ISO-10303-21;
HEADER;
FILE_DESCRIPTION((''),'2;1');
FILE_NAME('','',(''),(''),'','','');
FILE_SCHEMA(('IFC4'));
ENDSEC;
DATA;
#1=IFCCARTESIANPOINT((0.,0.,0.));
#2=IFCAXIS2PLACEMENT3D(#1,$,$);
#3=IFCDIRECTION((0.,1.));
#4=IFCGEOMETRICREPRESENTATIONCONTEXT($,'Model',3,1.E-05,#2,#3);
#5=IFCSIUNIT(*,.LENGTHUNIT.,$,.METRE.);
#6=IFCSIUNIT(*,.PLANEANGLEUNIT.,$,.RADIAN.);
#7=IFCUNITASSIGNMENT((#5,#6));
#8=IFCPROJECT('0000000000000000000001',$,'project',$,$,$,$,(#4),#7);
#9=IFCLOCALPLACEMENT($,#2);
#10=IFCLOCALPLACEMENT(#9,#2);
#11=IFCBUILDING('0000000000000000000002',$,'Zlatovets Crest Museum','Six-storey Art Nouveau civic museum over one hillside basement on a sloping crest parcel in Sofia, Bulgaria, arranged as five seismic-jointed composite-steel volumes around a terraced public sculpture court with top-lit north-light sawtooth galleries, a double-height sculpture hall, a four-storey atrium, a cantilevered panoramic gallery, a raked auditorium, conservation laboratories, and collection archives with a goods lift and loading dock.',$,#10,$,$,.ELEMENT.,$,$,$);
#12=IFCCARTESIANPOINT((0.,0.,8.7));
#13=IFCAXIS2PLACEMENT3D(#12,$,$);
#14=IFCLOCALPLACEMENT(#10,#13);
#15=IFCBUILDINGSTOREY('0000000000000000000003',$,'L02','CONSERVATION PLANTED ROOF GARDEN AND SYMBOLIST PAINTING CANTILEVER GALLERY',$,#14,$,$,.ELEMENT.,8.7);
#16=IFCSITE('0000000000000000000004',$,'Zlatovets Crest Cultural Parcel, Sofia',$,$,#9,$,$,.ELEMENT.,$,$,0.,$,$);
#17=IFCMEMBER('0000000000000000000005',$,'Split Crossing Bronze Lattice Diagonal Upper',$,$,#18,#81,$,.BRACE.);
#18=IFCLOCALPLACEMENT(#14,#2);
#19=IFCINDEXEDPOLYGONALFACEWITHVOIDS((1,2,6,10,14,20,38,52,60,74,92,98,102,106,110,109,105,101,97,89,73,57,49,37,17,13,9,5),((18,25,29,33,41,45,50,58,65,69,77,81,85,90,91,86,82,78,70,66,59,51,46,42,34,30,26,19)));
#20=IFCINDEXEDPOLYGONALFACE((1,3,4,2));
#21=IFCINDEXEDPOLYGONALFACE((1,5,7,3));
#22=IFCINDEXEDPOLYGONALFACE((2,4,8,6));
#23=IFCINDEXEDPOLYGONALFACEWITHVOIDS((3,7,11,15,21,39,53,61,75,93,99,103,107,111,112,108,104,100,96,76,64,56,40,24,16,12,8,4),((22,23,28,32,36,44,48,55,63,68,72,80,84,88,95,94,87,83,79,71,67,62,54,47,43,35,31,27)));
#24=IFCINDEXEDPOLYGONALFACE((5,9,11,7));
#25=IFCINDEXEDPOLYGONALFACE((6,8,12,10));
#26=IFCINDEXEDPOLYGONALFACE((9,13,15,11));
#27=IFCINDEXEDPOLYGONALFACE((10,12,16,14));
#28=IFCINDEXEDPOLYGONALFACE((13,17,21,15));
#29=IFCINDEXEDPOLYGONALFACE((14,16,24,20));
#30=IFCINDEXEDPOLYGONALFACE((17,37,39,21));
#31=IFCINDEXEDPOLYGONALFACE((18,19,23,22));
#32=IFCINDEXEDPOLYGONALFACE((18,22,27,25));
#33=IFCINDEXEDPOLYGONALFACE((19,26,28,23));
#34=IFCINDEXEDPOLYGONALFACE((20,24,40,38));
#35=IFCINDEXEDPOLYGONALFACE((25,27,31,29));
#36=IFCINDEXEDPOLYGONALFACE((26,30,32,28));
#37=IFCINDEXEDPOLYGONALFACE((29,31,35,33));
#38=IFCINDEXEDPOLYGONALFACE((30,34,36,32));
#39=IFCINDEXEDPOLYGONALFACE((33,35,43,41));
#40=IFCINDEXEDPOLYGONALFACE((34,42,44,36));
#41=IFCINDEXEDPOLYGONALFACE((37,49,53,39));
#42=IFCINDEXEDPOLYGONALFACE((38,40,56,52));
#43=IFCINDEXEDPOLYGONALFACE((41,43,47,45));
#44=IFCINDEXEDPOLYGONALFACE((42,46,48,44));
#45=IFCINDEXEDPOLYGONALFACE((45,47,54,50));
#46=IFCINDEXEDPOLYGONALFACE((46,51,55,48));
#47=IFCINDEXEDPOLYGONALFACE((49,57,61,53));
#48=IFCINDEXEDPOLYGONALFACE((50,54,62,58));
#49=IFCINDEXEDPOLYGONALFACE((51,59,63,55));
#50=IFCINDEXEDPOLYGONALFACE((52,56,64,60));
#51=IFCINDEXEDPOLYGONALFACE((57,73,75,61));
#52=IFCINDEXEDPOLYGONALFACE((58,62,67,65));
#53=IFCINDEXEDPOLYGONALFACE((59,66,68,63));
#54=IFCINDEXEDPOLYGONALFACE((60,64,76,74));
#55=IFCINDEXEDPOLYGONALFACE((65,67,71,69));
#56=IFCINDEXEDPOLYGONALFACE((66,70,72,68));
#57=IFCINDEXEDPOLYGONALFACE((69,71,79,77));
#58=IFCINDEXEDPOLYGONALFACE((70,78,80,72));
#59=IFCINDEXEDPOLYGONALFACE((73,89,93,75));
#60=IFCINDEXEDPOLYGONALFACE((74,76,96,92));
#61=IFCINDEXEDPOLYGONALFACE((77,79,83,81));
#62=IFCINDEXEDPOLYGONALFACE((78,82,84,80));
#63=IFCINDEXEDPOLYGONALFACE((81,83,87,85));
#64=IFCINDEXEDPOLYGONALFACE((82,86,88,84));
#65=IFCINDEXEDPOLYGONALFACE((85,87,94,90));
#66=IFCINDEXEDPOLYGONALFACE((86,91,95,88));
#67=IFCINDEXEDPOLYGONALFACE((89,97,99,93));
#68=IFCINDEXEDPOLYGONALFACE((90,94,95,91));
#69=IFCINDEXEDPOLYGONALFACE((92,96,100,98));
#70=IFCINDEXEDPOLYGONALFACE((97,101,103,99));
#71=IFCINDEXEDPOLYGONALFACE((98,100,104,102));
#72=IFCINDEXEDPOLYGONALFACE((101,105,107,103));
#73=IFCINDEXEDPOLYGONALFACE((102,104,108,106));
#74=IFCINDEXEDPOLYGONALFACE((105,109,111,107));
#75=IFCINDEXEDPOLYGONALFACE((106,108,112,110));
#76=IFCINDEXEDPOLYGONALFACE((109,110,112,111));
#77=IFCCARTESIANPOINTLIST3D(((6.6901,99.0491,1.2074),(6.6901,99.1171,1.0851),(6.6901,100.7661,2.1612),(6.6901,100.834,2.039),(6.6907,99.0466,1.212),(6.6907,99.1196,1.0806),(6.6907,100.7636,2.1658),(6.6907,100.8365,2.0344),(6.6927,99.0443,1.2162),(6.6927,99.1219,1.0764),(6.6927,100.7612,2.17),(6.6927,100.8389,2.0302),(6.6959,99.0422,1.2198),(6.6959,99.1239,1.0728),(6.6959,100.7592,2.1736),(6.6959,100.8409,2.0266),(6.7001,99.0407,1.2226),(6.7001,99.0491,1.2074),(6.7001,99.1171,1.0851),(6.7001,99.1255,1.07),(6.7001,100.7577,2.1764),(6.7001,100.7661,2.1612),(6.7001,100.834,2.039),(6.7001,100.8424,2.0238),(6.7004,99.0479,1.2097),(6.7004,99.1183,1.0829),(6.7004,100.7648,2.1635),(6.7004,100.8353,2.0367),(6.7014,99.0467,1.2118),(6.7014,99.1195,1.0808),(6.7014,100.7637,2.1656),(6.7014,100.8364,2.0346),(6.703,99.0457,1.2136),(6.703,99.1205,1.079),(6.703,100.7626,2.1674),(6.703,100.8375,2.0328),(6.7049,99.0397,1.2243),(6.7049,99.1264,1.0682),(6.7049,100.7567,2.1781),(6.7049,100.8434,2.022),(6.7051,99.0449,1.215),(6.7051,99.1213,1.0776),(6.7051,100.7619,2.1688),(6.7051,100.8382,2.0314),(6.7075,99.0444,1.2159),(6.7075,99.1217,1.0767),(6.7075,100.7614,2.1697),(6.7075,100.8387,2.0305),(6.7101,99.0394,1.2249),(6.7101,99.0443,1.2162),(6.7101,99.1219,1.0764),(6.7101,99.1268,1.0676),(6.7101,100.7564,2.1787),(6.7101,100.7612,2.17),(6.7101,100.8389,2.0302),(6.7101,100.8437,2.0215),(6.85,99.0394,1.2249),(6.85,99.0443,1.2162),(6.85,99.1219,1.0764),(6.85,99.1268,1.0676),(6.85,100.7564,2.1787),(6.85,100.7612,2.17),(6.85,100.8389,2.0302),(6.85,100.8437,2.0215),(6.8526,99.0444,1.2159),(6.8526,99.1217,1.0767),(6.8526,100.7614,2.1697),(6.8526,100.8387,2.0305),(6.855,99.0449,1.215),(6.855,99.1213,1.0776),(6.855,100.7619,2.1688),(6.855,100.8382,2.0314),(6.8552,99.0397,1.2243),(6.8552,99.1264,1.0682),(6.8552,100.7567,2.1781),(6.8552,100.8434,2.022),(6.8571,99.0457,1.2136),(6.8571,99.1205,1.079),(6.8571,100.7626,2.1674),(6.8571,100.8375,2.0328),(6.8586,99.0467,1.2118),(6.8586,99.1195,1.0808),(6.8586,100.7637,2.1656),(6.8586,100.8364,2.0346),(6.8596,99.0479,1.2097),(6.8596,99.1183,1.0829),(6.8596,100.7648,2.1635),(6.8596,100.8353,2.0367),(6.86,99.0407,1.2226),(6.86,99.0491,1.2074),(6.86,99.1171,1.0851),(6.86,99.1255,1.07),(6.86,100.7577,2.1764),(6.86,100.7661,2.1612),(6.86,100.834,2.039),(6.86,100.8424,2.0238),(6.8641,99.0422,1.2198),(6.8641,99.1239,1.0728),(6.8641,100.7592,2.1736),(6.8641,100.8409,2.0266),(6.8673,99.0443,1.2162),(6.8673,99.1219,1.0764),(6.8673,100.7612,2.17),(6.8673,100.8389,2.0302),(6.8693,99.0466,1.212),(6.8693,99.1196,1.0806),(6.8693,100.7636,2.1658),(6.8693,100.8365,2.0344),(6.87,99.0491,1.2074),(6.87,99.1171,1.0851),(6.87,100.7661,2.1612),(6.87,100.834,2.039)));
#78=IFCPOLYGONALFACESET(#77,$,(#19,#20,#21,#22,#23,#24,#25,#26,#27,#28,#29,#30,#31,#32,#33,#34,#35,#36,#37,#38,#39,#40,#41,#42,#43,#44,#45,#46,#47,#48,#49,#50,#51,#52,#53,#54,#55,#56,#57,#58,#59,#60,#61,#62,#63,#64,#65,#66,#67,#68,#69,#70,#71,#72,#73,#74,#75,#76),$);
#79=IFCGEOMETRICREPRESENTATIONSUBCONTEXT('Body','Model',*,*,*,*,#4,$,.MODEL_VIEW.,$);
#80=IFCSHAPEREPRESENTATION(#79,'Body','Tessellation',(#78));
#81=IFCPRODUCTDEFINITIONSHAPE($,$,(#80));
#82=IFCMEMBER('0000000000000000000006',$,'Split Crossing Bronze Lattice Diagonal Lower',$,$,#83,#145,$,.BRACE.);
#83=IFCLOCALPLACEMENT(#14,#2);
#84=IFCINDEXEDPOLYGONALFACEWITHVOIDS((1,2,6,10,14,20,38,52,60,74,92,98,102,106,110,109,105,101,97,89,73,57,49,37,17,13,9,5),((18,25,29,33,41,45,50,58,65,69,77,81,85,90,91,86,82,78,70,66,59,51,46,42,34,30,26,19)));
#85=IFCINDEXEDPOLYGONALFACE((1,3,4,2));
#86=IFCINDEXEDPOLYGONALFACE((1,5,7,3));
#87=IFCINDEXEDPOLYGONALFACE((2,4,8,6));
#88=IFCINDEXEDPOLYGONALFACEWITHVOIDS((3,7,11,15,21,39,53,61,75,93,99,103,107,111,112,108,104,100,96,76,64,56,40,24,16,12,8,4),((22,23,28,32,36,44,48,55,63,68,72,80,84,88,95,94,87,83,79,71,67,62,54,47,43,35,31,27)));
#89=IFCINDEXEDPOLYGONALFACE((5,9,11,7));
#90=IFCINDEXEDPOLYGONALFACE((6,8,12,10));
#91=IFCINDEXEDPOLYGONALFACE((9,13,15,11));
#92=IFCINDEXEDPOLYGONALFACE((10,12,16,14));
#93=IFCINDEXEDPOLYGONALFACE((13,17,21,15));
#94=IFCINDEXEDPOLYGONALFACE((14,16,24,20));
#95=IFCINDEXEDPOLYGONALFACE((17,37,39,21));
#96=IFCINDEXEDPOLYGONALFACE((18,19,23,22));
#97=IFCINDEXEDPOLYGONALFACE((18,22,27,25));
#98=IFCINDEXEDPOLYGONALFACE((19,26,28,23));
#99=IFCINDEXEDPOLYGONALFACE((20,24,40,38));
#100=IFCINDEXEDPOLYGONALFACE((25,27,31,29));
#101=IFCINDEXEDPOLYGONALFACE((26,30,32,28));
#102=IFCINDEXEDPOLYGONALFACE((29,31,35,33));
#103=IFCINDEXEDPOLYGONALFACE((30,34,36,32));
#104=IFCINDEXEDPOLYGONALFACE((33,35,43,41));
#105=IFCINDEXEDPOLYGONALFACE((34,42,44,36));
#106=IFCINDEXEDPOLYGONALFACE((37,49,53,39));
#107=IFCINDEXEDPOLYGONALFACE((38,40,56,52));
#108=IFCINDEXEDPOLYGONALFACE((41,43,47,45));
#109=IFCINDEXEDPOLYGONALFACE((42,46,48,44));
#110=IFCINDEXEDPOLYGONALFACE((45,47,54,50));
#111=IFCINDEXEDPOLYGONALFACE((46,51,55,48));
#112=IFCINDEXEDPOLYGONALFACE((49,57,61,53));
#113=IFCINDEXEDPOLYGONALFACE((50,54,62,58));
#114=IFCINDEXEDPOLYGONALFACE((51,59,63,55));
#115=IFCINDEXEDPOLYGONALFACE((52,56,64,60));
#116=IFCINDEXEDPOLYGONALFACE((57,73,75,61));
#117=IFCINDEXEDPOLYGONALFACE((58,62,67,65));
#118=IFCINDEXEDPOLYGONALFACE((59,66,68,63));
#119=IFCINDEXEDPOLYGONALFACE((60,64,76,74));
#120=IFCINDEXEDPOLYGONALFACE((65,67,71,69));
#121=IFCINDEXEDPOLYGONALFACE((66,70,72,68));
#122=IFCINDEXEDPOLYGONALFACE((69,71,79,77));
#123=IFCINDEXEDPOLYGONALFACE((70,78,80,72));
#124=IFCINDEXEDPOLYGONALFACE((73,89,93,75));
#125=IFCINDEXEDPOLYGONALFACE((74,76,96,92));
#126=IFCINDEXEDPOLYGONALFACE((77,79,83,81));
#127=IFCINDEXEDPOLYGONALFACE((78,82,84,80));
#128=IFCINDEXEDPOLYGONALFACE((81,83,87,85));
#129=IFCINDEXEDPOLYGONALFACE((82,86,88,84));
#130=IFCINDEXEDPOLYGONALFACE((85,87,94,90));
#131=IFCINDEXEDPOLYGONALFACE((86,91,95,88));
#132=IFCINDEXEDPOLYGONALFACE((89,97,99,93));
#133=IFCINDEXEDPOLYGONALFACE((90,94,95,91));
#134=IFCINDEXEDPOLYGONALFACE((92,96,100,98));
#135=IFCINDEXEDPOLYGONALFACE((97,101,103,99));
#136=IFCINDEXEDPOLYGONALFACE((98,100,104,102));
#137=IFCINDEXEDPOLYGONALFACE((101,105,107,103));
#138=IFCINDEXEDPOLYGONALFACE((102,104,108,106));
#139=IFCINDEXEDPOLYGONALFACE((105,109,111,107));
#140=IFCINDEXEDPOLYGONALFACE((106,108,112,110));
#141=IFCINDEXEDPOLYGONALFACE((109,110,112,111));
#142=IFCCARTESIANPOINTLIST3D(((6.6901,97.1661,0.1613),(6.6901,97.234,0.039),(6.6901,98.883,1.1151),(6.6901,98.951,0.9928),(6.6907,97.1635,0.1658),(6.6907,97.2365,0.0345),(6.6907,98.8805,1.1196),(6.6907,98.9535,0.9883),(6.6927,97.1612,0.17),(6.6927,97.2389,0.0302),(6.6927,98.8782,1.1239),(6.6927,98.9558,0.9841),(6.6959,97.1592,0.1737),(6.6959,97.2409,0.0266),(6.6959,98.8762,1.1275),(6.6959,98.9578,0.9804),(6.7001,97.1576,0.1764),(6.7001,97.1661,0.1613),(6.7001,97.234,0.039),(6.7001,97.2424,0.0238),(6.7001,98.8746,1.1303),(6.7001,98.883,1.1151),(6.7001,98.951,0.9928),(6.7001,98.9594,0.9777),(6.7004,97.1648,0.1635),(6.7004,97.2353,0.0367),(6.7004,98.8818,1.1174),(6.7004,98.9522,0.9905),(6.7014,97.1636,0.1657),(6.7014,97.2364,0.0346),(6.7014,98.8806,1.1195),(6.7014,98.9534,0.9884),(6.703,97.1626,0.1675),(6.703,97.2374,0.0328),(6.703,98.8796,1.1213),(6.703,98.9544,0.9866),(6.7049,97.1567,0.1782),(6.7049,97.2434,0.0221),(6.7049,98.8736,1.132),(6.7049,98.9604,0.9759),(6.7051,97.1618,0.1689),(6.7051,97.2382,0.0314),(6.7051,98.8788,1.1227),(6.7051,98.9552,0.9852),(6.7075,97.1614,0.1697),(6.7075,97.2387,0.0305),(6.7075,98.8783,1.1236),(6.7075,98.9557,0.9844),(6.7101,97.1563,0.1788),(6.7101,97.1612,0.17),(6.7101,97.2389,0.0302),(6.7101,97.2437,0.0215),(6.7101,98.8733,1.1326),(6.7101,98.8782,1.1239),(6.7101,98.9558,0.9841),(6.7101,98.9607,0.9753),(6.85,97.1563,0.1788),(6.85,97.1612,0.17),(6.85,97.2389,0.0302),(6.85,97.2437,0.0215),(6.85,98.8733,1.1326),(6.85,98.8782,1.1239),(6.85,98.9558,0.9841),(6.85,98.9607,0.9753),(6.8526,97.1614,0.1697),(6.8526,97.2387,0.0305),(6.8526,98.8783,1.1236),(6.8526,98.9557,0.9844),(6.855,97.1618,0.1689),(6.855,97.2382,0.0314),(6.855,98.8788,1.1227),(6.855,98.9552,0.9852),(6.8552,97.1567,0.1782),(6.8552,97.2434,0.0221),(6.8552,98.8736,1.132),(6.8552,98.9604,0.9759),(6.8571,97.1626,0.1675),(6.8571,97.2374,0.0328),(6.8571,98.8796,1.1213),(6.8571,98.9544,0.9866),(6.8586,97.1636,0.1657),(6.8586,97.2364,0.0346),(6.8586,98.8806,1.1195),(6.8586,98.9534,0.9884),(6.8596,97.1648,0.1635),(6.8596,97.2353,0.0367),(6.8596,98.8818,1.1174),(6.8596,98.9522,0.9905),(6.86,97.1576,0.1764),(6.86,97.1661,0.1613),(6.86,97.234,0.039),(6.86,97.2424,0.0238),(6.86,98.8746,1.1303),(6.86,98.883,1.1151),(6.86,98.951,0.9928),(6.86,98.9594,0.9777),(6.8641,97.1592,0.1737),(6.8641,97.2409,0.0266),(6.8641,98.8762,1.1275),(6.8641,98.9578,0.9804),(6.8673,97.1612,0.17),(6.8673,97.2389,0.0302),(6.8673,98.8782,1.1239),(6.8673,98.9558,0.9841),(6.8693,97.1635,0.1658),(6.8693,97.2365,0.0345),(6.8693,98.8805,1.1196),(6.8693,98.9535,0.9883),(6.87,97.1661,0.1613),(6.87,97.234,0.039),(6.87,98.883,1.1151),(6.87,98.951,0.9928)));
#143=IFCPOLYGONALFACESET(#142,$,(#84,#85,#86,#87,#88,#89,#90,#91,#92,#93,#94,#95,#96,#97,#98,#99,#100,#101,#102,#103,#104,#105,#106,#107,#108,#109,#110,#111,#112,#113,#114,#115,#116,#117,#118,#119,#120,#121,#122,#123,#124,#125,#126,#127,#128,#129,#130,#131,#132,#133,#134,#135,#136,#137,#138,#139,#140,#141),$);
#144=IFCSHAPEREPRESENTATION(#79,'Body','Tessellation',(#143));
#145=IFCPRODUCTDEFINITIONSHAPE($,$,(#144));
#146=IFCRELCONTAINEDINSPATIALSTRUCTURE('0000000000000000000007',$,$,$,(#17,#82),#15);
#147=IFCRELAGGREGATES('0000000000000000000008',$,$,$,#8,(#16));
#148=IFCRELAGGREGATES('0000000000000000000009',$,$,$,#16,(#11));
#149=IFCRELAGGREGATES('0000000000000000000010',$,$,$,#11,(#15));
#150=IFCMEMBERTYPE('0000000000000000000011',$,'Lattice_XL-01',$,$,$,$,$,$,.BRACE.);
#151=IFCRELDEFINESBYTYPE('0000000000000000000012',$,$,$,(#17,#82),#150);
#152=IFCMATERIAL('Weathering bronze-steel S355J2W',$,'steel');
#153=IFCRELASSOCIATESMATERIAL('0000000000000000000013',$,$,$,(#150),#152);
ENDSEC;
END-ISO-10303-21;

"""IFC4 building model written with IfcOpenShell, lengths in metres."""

from ifc_helpers import new_model, si_unit, direction, frame, origin, origin_2d, place, context, subcontext, project, spatial, hollow_rectangle, extrude, material, material_profile, profile_set, type_object, element, save


model = new_model("IFC4")

# Units and contexts
model_context = context("Model", 3, precision=1e-05, world=origin(), true_north=direction((0.0, 1.0)))
body_context = subcontext(model_context, "Body", "Model", "MODEL_VIEW")
ifc_project = project(units=[si_unit("LENGTHUNIT", "METRE"), si_unit("PLANEANGLEUNIT", "RADIAN")], contexts=[model_context])

# Site, building, storey
site_placement = place(None, origin())
site = spatial("IfcSite", under=ifc_project, at=site_placement, Name="Zlatovets Crest Cultural Parcel, Sofia", CompositionType="ELEMENT", RefElevation=0.0)
building_placement = place(site_placement, origin())
building = spatial("IfcBuilding", under=site, at=building_placement, Name="Zlatovets Crest Museum", Description="Six-storey Art Nouveau civic museum over one hillside basement on a sloping crest parcel in Sofia, Bulgaria, arranged as five seismic-jointed composite-steel volumes around a terraced public sculpture court with top-lit north-light sawtooth galleries, a double-height sculpture hall, a four-storey atrium, a cantilevered panoramic gallery, a raked auditorium, conservation laboratories, and collection archives with a goods lift and loading dock.", CompositionType="ELEMENT")
storey_placement = place(building_placement, frame((0.0, 0.0, 8.7)))
storey = spatial("IfcBuildingStorey", under=building, at=storey_placement, Name="L02", Description="CONSERVATION PLANTED ROOF GARDEN AND SYMBOLIST PAINTING CANTILEVER GALLERY", CompositionType="ELEMENT", Elevation=8.7)

# Members
ifc_material_1 = material(Name="Weathering bronze-steel S355J2W", Category="steel")
ifc_material_profile_1 = material_profile(ifc_material_1, hollow_rectangle(XDim=0.1799, YDim=0.1799, WallThickness=0.01, InnerFilletRadius=0.01, OuterFilletRadius=0.02, at=origin_2d()), Name="SHS 180x180x10.0")
ifc_profile_set_1 = profile_set([ifc_material_profile_1], Name="Weathering bronze-steel S355J2W")
member_type_1 = type_object("IfcMemberType", Name="Lattice_XL-01", PredefinedType="BRACE", material=ifc_profile_set_1)
for number, where, z_axis, x_axis, name in (
    (1, (6.78, 100.8, 2.1001), (0.0, -0.874169, -0.485622), (1.0, 0.0, 0.0), "Split Crossing Bronze Lattice Diagonal Upper"),
    (2, (6.78, 98.917, 1.054), (0.0, -0.874169, -0.485622), (1.0, 0.0, 0.0), "Split Crossing Bronze Lattice Diagonal Lower"),
):
    element("IfcMember", number, at=place(storey_placement, frame(where, z_axis=z_axis, x_axis=x_axis)), inside=storey, type_object=member_type_1, Name=name, PredefinedType="BRACE", context=body_context, shape_type="SweptSolid", body=[
        extrude(hollow_rectangle(XDim=0.1799, YDim=0.1799, WallThickness=0.01, InnerFilletRadius=0.01, OuterFilletRadius=0.02, at=origin_2d()), origin(), (0.0, 0.0, 1.0), 1.9641),
    ])

save(model, "model.ifc")
